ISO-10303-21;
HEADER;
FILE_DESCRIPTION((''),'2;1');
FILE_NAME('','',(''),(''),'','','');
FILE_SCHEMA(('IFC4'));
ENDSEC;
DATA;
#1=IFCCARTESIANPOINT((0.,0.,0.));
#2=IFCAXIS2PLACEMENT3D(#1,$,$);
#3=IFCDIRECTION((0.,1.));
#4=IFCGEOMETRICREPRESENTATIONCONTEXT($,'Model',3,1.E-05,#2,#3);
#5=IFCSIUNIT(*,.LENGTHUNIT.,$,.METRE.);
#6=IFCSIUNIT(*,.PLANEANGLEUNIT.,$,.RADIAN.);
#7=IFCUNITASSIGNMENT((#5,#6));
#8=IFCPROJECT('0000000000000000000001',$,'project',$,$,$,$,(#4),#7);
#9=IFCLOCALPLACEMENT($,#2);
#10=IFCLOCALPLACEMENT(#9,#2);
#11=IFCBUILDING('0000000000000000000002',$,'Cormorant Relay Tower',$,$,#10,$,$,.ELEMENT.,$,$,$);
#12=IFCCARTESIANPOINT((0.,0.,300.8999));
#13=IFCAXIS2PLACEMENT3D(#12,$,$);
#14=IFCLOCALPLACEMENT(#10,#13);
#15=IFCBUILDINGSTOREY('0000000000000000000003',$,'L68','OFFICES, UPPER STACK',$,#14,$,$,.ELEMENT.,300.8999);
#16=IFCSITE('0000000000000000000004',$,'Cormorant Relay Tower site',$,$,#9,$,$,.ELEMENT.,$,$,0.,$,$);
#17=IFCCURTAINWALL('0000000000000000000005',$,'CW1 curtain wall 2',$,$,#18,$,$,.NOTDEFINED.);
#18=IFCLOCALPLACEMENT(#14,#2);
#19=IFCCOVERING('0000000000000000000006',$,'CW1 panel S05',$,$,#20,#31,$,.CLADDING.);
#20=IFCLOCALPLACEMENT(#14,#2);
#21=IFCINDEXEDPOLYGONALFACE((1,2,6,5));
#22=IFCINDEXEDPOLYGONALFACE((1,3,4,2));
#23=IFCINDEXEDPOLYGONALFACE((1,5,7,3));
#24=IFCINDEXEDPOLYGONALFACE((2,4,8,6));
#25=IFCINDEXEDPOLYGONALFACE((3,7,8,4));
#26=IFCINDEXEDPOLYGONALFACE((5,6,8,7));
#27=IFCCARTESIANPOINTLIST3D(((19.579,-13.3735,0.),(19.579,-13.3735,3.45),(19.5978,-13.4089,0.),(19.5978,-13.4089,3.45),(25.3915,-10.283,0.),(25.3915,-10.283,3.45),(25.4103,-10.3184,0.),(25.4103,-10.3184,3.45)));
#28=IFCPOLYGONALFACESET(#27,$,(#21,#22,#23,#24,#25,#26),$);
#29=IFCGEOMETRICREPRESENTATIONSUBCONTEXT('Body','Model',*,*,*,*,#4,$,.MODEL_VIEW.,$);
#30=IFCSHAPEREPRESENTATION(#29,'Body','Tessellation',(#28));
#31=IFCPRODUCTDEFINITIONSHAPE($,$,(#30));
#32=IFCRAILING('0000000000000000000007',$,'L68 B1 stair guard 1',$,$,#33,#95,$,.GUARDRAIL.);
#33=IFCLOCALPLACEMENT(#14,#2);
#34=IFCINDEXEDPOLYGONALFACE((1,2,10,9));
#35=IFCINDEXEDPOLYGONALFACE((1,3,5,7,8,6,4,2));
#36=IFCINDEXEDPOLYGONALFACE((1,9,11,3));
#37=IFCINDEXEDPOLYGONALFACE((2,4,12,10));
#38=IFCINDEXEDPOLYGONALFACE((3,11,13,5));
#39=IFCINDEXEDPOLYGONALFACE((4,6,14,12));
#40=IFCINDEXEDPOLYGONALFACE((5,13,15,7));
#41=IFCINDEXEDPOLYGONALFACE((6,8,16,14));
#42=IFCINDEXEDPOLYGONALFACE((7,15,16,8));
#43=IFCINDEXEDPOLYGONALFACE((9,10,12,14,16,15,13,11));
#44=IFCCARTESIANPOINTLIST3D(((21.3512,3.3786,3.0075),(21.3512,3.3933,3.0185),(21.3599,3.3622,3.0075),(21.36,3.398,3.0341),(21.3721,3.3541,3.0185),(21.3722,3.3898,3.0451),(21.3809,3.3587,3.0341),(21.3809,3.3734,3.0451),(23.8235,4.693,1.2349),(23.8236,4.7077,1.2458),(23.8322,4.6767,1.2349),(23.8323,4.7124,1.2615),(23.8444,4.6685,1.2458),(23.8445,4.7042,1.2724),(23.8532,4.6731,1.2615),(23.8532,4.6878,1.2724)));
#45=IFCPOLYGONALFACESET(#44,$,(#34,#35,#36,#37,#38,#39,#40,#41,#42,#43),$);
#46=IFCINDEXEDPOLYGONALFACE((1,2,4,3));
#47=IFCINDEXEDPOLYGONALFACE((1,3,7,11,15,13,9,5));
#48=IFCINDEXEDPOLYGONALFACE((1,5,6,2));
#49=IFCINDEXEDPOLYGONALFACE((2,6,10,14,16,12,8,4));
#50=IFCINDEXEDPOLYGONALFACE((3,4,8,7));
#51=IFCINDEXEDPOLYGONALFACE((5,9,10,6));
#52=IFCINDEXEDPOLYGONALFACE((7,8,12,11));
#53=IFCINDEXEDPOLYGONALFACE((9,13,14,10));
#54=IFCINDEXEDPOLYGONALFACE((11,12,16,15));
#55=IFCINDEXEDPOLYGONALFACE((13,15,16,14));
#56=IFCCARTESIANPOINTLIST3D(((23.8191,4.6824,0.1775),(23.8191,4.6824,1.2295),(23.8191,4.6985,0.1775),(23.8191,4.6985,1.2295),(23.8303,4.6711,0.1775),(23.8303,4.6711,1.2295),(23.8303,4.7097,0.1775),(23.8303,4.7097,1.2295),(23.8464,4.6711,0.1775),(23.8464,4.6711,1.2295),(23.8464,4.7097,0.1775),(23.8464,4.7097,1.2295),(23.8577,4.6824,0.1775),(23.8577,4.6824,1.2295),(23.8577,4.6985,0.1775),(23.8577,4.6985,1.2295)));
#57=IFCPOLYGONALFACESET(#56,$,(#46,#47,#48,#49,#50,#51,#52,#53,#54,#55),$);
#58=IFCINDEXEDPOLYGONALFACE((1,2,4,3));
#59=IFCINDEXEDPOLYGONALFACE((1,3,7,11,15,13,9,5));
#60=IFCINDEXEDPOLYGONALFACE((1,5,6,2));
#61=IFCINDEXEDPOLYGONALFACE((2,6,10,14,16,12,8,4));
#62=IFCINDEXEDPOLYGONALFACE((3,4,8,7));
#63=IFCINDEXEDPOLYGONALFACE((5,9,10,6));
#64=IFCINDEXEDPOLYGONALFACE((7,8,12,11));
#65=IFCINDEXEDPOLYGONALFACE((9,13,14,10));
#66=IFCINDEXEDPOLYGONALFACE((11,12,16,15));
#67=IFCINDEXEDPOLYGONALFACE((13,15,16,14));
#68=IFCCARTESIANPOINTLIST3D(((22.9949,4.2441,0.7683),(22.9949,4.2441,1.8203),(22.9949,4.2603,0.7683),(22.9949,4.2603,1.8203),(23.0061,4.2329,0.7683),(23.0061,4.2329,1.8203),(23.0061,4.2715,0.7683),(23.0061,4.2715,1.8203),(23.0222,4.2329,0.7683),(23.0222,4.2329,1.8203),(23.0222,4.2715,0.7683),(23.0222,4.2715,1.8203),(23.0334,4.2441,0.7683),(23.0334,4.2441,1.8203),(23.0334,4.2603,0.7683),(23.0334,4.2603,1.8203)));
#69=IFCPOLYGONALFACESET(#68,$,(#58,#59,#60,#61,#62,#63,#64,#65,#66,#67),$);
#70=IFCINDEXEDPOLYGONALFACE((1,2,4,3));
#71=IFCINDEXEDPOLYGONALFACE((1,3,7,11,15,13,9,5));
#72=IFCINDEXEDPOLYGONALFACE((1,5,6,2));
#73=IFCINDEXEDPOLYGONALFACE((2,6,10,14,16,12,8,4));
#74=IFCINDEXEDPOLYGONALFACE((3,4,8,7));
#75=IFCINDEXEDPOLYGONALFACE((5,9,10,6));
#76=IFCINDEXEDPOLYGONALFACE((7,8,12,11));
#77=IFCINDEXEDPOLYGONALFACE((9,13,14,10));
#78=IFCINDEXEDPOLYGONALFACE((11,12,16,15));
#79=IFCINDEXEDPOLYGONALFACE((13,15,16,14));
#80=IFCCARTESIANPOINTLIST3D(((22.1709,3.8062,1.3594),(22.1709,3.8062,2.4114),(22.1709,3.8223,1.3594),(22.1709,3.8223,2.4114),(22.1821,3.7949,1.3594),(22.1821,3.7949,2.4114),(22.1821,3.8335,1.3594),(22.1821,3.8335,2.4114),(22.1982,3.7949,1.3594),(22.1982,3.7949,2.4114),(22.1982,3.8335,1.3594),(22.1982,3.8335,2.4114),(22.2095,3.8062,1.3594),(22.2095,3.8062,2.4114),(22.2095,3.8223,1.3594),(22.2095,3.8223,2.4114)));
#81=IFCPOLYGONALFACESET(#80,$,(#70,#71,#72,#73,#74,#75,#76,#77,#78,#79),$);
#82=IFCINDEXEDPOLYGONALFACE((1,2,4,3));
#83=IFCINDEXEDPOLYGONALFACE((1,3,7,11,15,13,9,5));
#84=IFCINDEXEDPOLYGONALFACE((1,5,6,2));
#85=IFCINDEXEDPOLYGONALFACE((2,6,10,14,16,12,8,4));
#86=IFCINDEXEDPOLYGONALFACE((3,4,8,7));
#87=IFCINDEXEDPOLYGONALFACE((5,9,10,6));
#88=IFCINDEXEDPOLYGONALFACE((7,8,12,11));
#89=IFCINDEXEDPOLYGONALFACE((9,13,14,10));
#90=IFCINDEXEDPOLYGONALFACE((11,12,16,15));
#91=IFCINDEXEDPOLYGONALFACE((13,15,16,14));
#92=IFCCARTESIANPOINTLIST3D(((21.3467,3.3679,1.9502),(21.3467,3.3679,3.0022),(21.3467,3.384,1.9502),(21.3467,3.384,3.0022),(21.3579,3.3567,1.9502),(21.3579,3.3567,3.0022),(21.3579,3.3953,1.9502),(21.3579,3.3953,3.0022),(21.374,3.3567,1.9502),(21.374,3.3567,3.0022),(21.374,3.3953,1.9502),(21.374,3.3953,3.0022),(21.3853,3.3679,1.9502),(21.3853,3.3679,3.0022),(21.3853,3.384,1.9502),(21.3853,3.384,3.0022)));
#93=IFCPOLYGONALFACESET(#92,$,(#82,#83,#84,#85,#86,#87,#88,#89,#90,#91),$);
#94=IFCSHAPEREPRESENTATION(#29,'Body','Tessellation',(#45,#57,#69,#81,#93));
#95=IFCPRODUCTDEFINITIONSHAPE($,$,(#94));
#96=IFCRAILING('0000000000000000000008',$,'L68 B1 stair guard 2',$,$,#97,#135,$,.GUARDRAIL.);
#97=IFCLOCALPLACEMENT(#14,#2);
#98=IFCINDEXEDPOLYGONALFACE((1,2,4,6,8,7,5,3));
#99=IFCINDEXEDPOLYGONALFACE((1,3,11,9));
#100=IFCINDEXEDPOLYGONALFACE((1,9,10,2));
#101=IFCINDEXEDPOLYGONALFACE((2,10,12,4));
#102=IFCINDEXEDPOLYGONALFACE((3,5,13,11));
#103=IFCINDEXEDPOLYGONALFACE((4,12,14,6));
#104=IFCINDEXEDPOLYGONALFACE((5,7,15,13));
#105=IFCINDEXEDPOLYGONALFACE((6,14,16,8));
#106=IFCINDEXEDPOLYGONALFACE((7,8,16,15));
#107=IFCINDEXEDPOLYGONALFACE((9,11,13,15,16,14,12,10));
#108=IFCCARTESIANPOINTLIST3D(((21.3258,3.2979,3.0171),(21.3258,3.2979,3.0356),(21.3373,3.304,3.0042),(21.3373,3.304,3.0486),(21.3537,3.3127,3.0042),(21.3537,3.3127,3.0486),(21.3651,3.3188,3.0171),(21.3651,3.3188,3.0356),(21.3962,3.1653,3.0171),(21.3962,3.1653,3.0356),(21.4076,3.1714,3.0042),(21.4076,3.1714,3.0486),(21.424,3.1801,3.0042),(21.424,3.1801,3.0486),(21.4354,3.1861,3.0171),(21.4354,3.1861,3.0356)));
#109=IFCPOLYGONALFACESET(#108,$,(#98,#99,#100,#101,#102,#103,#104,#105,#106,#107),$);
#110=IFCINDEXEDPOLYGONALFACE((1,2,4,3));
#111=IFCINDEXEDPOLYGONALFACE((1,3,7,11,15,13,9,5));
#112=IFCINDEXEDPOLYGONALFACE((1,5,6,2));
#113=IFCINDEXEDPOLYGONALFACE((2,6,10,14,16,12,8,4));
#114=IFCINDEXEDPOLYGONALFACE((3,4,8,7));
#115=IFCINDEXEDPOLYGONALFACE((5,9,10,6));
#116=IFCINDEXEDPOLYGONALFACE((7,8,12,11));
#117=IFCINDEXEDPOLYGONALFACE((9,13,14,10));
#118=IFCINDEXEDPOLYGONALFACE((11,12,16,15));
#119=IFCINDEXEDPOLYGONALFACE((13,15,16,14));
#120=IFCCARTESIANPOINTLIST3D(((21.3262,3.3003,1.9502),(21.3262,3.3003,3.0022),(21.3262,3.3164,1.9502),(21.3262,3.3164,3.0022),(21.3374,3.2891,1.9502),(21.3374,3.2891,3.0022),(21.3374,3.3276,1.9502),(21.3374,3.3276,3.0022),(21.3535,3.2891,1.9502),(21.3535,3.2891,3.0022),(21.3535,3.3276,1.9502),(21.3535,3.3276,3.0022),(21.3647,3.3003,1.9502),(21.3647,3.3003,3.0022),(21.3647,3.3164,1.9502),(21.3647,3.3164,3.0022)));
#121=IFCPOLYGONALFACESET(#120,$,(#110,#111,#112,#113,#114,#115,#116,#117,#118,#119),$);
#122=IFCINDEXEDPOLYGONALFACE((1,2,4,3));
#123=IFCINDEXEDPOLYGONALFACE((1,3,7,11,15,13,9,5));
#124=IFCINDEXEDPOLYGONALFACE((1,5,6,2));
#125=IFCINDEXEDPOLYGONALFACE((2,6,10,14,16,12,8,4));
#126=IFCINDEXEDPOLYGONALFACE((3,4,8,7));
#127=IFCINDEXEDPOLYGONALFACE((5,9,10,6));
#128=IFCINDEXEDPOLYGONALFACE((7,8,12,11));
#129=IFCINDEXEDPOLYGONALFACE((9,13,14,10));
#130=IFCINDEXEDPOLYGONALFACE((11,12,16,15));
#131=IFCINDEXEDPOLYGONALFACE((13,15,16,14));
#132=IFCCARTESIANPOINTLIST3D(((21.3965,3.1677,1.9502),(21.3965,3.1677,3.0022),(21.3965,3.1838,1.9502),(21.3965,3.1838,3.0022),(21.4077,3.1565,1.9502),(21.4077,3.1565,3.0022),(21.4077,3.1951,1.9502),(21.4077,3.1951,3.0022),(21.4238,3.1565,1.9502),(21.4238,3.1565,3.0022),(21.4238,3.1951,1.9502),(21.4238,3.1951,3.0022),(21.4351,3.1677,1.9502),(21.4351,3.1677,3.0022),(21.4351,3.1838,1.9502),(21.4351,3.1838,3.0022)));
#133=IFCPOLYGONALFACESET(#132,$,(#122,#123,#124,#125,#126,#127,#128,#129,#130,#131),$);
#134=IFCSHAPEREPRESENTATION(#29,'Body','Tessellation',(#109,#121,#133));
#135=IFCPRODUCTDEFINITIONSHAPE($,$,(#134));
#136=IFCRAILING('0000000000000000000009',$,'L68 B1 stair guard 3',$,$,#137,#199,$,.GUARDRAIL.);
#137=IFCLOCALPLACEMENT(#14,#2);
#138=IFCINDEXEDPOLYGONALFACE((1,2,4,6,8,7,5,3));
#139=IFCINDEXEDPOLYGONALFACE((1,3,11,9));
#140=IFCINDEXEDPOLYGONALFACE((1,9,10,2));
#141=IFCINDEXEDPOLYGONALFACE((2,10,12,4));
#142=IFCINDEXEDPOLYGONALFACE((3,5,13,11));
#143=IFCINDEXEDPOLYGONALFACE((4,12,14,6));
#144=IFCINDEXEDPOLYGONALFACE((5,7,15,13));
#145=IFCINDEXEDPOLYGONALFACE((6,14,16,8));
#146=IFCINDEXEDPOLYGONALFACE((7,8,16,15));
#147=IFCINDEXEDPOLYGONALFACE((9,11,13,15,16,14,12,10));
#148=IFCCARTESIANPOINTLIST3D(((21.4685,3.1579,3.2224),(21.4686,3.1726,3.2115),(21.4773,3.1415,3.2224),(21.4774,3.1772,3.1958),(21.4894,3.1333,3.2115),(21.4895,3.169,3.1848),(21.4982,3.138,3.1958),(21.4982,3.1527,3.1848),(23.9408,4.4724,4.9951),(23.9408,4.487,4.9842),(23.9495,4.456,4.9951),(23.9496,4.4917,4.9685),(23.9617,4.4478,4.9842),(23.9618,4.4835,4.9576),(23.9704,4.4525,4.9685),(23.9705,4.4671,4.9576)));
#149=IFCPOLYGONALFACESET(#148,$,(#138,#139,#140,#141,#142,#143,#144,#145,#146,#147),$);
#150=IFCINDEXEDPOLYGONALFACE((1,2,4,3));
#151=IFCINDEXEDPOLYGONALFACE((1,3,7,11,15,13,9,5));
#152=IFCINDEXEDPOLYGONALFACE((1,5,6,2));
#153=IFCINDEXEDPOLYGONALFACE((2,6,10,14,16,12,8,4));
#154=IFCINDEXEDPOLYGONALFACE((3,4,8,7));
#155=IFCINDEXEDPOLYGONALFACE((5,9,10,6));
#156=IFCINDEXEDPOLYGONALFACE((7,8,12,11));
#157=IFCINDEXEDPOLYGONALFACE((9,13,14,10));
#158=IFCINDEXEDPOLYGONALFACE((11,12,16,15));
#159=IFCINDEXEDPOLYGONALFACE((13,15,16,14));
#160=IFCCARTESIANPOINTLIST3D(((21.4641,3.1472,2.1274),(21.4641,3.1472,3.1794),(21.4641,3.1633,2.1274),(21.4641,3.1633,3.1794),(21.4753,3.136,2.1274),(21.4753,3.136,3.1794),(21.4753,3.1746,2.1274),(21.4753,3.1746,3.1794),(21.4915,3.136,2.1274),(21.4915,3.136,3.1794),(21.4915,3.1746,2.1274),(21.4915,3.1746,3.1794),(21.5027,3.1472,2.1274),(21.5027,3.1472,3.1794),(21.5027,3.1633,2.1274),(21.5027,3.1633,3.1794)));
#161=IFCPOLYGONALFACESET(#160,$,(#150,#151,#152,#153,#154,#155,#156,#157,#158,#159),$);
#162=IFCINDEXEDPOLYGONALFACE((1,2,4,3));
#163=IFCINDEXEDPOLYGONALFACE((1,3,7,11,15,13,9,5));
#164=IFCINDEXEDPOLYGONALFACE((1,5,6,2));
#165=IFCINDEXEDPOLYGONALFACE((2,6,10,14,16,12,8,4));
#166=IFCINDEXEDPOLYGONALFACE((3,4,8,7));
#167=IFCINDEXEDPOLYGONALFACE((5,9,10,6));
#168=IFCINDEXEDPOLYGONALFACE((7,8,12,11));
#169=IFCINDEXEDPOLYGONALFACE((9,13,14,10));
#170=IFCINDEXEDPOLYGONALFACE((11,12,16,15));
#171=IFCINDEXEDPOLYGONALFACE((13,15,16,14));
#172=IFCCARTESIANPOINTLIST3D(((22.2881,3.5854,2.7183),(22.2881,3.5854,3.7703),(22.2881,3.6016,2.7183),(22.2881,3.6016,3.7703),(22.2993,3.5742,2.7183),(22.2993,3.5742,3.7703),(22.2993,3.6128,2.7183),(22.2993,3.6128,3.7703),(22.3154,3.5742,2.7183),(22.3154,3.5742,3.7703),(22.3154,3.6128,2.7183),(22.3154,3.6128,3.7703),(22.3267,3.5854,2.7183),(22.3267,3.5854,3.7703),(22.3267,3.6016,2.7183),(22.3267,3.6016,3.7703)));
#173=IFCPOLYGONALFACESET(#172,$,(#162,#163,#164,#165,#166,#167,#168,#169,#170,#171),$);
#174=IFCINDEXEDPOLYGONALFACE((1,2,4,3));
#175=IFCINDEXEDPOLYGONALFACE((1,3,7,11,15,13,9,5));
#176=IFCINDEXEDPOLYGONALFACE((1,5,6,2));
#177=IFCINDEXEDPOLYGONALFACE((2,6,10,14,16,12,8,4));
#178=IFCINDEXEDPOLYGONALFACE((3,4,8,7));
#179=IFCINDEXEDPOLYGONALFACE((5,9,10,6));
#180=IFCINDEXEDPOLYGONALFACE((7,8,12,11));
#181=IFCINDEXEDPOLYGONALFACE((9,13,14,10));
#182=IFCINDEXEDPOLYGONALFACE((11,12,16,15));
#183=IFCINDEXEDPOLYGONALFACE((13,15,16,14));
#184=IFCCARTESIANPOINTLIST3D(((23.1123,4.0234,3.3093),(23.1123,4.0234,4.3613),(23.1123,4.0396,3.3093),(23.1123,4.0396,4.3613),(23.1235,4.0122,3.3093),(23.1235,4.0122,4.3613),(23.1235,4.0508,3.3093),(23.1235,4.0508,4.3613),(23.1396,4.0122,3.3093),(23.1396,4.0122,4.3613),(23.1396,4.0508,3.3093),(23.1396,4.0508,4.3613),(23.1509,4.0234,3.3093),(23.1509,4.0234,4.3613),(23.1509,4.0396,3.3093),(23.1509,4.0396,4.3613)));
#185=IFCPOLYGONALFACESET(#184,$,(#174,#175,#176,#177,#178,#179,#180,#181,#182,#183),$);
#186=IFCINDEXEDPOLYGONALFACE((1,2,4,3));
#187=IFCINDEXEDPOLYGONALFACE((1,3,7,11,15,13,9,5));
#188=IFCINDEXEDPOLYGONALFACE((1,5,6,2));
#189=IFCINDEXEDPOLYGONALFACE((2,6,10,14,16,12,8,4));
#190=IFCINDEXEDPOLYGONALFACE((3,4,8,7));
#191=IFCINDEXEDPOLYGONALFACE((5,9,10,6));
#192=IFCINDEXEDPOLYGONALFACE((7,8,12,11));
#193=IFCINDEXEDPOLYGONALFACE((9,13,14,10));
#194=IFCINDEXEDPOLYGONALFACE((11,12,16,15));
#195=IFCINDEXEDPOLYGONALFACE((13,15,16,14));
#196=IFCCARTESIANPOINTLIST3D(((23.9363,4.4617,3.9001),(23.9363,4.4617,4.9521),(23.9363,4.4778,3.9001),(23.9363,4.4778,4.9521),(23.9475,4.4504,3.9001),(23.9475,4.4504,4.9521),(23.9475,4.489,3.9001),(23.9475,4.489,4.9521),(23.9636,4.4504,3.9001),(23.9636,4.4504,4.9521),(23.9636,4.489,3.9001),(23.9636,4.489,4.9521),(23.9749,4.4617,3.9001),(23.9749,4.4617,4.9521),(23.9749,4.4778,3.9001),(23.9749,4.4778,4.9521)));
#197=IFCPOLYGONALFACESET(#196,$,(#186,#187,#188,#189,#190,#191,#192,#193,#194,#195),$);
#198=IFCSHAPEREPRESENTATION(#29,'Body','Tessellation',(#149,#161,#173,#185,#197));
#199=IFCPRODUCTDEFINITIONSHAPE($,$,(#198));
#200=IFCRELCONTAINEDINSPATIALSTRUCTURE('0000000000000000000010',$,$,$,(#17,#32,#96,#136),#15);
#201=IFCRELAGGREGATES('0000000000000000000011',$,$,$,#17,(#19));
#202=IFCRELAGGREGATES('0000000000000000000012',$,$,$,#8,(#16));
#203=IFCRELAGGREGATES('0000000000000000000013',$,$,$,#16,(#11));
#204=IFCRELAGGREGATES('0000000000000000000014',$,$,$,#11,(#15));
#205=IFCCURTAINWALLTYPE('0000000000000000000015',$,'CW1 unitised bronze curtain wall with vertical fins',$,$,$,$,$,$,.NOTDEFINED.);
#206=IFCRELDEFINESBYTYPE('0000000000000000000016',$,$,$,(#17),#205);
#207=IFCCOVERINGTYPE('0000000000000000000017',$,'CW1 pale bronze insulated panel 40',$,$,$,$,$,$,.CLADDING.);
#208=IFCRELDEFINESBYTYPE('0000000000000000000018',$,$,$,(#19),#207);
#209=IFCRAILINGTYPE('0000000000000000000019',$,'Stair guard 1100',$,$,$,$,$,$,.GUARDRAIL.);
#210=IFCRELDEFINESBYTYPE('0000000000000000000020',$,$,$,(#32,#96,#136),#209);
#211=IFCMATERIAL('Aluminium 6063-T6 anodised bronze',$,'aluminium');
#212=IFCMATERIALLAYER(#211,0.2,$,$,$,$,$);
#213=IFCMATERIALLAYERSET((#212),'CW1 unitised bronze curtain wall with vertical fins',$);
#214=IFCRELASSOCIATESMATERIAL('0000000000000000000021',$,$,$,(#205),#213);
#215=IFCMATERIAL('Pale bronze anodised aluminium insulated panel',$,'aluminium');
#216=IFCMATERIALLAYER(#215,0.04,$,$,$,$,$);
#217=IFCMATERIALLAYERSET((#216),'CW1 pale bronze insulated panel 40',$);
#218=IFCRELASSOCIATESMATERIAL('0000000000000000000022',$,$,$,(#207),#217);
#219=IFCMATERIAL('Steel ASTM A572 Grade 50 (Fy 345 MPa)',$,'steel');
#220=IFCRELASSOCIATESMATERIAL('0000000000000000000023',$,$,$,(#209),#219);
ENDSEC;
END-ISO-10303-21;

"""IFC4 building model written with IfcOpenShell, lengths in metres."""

from ifc_helpers import new_model, si_unit, direction, frame, origin, origin_2d, place, context, subcontext, project, spatial, polyline, rectangle, outline, extrude, material, layer, layer_set, type_object, element, aggregate, save


model = new_model("IFC4")

# Units and contexts
model_context = context("Model", 3, precision=1e-05, world=origin(), true_north=direction((0.0, 1.0)))
body_context = subcontext(model_context, "Body", "Model", "MODEL_VIEW")
ifc_project = project(units=[si_unit("LENGTHUNIT", "METRE"), si_unit("PLANEANGLEUNIT", "RADIAN")], contexts=[model_context])

# Site, building, storey
site_placement = place(None, origin())
site = spatial("IfcSite", under=ifc_project, at=site_placement, Name="Cormorant Relay Tower site", CompositionType="ELEMENT", RefElevation=0.0)
building_placement = place(site_placement, origin())
building = spatial("IfcBuilding", under=site, at=building_placement, Name="Cormorant Relay Tower", CompositionType="ELEMENT")
storey_placement = place(building_placement, frame((0.0, 0.0, 300.8999)))
storey = spatial("IfcBuildingStorey", under=building, at=storey_placement, Name="L68", Description="OFFICES, UPPER STACK", CompositionType="ELEMENT", Elevation=300.8999)

# Curtain wall
ifc_material_1 = material(Name="Aluminium 6063-T6 anodised bronze", Category="aluminium")
ifc_layer_1 = layer(ifc_material_1, 0.2)
ifc_layer_set_1 = layer_set([ifc_layer_1], Name="CW1 unitised bronze curtain wall with vertical fins")
curtain_wall_type = type_object("IfcCurtainWallType", Name="CW1 unitised bronze curtain wall with vertical fins", PredefinedType="NOTDEFINED", material=ifc_layer_set_1)
curtain_wall_placement = place(storey_placement, origin())
curtain_wall = element("IfcCurtainWall", 1, at=curtain_wall_placement, inside=storey, type_object=curtain_wall_type, Name="CW1 curtain wall 2", PredefinedType="NOTDEFINED")

# Covering
ifc_material_2 = material(Name="Pale bronze anodised aluminium insulated panel", Category="aluminium")
ifc_layer_2 = layer(ifc_material_2, 0.04)
ifc_layer_set_2 = layer_set([ifc_layer_2], Name="CW1 pale bronze insulated panel 40")
covering_type = type_object("IfcCoveringType", Name="CW1 pale bronze insulated panel 40", PredefinedType="CLADDING", material=ifc_layer_set_2)
covering_placement = place(storey_placement, frame((22.4946, -11.8459, 0.0), z_axis=(0.0, 0.0, 1.0), x_axis=(0.882948, 0.469472, 0.0)))
covering = element("IfcCovering", 2, at=covering_placement, type_object=covering_type, Name="CW1 panel S05", PredefinedType="CLADDING", context=body_context, shape_type="SweptSolid", body=[
    extrude(rectangle(XDim=6.583, YDim=0.04, at=origin_2d()), origin(), (0.0, 0.0, 1.0), 3.45),
])
aggregate(curtain_wall, [covering])

# Railings
ifc_material_3 = material(Name="Steel ASTM A572 Grade 50 (Fy 345 MPa)", Category="steel")
railing_type_1 = type_object("IfcRailingType", Name="Stair guard 1100", PredefinedType="GUARDRAIL", material=ifc_material_3)
railing_1_placement = place(storey_placement, frame((23.8384, 4.6904, 0.1775)))
element("IfcRailing", 3, at=railing_1_placement, inside=storey, type_object=railing_type_1, Name="L68 B1 stair guard 1", PredefinedType="GUARDRAIL", context=body_context, shape_type="SweptSolid", body=[
    extrude(outline(polyline([(0.0222, 0.0093), (0.0093, 0.0222), (-0.0093, 0.0222), (-0.0222, 0.0093), (-0.0222, -0.0093), (-0.0093, -0.0222), (0.0093, -0.0222), (0.0222, -0.0093), (0.0222, 0.0093)])), frame((0.0, 0.0, 1.0762), z_axis=(-0.746034, -0.396627, 0.534902), x_axis=(0.469429, -0.88297, 0.0)), (0.0, 0.0, 1.0), 3.314),
    extrude(outline(polyline([(0.0193, 0.0081), (0.0081, 0.0193), (-0.0081, 0.0193), (-0.0193, 0.0081), (-0.0193, -0.0081), (-0.0081, -0.0193), (0.0081, -0.0193), (0.0193, -0.0081), (0.0193, 0.0081)])), origin(), (0.0, 0.0, 1.0), 1.052),
    extrude(outline(polyline([(0.0193, 0.0081), (0.0081, 0.0193), (-0.0081, 0.0193), (-0.0193, 0.0081), (-0.0193, -0.0081), (-0.0081, -0.0193), (0.0081, -0.0193), (0.0193, -0.0081), (0.0193, 0.0081)])), frame((-0.8242, -0.4382, 0.5908)), (0.0, 0.0, 1.0), 1.052),
    extrude(outline(polyline([(0.0193, 0.0081), (0.0081, 0.0193), (-0.0081, 0.0193), (-0.0193, 0.0081), (-0.0193, -0.0081), (-0.0081, -0.0193), (0.0081, -0.0193), (0.0193, -0.0081), (0.0193, 0.0081)])), frame((-1.6482, -0.8762, 1.1819)), (0.0, 0.0, 1.0), 1.052),
    extrude(outline(polyline([(0.0193, 0.0081), (0.0081, 0.0193), (-0.0081, 0.0193), (-0.0193, 0.0081), (-0.0193, -0.0081), (-0.0081, -0.0193), (0.0081, -0.0193), (0.0193, -0.0081), (0.0193, 0.0081)])), frame((-2.4724, -1.3145, 1.7727)), (0.0, 0.0, 1.0), 1.052),
])
railing_2_placement = place(storey_placement, frame((21.3455, 3.3083, 1.9502)))
element("IfcRailing", 4, at=railing_2_placement, inside=storey, type_object=railing_type_1, Name="L68 B1 stair guard 2", PredefinedType="GUARDRAIL", context=body_context, shape_type="SweptSolid", body=[
    extrude(outline(polyline([(0.0222, 0.0093), (0.0093, 0.0222), (-0.0093, 0.0222), (-0.0222, 0.0093), (-0.0222, -0.0093), (-0.0093, -0.0222), (0.0093, -0.0222), (0.0222, -0.0093), (0.0222, 0.0093)])), frame((0.0, 0.0, 1.0762), z_axis=(0.46856, -0.883431, 0.0), x_axis=(0.883431, 0.46856, 0.0)), (0.0, 0.0, 1.0), 0.1501),
    extrude(outline(polyline([(0.0193, 0.0081), (0.0081, 0.0193), (-0.0081, 0.0193), (-0.0193, 0.0081), (-0.0193, -0.0081), (-0.0081, -0.0193), (0.0081, -0.0193), (0.0193, -0.0081), (0.0193, 0.0081)])), origin(), (0.0, 0.0, 1.0), 1.052),
    extrude(outline(polyline([(0.0193, 0.0081), (0.0081, 0.0193), (-0.0081, 0.0193), (-0.0193, 0.0081), (-0.0193, -0.0081), (-0.0081, -0.0193), (0.0081, -0.0193), (0.0193, -0.0081), (0.0193, 0.0081)])), frame((0.0703, -0.1326, 0.0)), (0.0, 0.0, 1.0), 1.052),
])
railing_3_placement = place(storey_placement, frame((21.4834, 3.1553, 2.1274)))
element("IfcRailing", 5, at=railing_3_placement, inside=storey, type_object=railing_type_1, Name="L68 B1 stair guard 3", PredefinedType="GUARDRAIL", context=body_context, shape_type="SweptSolid", body=[
    extrude(outline(polyline([(0.0222, 0.0093), (0.0093, 0.0222), (-0.0093, 0.0222), (-0.0222, 0.0093), (-0.0222, -0.0093), (-0.0093, -0.0222), (0.0093, -0.0222), (0.0222, -0.0093), (0.0222, 0.0093)])), frame((0.0, 0.0, 1.0762), z_axis=(0.746001, 0.396649, 0.534931), x_axis=(-0.469465, 0.882951, 0.0)), (0.0, 0.0, 1.0), 3.314),
    extrude(outline(polyline([(0.0193, 0.0081), (0.0081, 0.0193), (-0.0081, 0.0193), (-0.0193, 0.0081), (-0.0193, -0.0081), (-0.0081, -0.0193), (0.0081, -0.0193), (0.0193, -0.0081), (0.0193, 0.0081)])), origin(), (0.0, 0.0, 1.0), 1.052),
    extrude(outline(polyline([(0.0193, 0.0081), (0.0081, 0.0193), (-0.0081, 0.0193), (-0.0193, 0.0081), (-0.0193, -0.0081), (-0.0081, -0.0193), (0.0081, -0.0193), (0.0193, -0.0081), (0.0193, 0.0081)])), frame((0.824, 0.4382, 0.5908)), (0.0, 0.0, 1.0), 1.052),
    extrude(outline(polyline([(0.0193, 0.0081), (0.0081, 0.0193), (-0.0081, 0.0193), (-0.0193, 0.0081), (-0.0193, -0.0081), (-0.0081, -0.0193), (0.0081, -0.0193), (0.0193, -0.0081), (0.0193, 0.0081)])), frame((1.6482, 0.8762, 1.1819)), (0.0, 0.0, 1.0), 1.052),
    extrude(outline(polyline([(0.0193, 0.0081), (0.0081, 0.0193), (-0.0081, 0.0193), (-0.0193, 0.0081), (-0.0193, -0.0081), (-0.0081, -0.0193), (0.0081, -0.0193), (0.0193, -0.0081), (0.0193, 0.0081)])), frame((2.4722, 1.3145, 1.7727)), (0.0, 0.0, 1.0), 1.052),
])

save(model, "model.ifc")
